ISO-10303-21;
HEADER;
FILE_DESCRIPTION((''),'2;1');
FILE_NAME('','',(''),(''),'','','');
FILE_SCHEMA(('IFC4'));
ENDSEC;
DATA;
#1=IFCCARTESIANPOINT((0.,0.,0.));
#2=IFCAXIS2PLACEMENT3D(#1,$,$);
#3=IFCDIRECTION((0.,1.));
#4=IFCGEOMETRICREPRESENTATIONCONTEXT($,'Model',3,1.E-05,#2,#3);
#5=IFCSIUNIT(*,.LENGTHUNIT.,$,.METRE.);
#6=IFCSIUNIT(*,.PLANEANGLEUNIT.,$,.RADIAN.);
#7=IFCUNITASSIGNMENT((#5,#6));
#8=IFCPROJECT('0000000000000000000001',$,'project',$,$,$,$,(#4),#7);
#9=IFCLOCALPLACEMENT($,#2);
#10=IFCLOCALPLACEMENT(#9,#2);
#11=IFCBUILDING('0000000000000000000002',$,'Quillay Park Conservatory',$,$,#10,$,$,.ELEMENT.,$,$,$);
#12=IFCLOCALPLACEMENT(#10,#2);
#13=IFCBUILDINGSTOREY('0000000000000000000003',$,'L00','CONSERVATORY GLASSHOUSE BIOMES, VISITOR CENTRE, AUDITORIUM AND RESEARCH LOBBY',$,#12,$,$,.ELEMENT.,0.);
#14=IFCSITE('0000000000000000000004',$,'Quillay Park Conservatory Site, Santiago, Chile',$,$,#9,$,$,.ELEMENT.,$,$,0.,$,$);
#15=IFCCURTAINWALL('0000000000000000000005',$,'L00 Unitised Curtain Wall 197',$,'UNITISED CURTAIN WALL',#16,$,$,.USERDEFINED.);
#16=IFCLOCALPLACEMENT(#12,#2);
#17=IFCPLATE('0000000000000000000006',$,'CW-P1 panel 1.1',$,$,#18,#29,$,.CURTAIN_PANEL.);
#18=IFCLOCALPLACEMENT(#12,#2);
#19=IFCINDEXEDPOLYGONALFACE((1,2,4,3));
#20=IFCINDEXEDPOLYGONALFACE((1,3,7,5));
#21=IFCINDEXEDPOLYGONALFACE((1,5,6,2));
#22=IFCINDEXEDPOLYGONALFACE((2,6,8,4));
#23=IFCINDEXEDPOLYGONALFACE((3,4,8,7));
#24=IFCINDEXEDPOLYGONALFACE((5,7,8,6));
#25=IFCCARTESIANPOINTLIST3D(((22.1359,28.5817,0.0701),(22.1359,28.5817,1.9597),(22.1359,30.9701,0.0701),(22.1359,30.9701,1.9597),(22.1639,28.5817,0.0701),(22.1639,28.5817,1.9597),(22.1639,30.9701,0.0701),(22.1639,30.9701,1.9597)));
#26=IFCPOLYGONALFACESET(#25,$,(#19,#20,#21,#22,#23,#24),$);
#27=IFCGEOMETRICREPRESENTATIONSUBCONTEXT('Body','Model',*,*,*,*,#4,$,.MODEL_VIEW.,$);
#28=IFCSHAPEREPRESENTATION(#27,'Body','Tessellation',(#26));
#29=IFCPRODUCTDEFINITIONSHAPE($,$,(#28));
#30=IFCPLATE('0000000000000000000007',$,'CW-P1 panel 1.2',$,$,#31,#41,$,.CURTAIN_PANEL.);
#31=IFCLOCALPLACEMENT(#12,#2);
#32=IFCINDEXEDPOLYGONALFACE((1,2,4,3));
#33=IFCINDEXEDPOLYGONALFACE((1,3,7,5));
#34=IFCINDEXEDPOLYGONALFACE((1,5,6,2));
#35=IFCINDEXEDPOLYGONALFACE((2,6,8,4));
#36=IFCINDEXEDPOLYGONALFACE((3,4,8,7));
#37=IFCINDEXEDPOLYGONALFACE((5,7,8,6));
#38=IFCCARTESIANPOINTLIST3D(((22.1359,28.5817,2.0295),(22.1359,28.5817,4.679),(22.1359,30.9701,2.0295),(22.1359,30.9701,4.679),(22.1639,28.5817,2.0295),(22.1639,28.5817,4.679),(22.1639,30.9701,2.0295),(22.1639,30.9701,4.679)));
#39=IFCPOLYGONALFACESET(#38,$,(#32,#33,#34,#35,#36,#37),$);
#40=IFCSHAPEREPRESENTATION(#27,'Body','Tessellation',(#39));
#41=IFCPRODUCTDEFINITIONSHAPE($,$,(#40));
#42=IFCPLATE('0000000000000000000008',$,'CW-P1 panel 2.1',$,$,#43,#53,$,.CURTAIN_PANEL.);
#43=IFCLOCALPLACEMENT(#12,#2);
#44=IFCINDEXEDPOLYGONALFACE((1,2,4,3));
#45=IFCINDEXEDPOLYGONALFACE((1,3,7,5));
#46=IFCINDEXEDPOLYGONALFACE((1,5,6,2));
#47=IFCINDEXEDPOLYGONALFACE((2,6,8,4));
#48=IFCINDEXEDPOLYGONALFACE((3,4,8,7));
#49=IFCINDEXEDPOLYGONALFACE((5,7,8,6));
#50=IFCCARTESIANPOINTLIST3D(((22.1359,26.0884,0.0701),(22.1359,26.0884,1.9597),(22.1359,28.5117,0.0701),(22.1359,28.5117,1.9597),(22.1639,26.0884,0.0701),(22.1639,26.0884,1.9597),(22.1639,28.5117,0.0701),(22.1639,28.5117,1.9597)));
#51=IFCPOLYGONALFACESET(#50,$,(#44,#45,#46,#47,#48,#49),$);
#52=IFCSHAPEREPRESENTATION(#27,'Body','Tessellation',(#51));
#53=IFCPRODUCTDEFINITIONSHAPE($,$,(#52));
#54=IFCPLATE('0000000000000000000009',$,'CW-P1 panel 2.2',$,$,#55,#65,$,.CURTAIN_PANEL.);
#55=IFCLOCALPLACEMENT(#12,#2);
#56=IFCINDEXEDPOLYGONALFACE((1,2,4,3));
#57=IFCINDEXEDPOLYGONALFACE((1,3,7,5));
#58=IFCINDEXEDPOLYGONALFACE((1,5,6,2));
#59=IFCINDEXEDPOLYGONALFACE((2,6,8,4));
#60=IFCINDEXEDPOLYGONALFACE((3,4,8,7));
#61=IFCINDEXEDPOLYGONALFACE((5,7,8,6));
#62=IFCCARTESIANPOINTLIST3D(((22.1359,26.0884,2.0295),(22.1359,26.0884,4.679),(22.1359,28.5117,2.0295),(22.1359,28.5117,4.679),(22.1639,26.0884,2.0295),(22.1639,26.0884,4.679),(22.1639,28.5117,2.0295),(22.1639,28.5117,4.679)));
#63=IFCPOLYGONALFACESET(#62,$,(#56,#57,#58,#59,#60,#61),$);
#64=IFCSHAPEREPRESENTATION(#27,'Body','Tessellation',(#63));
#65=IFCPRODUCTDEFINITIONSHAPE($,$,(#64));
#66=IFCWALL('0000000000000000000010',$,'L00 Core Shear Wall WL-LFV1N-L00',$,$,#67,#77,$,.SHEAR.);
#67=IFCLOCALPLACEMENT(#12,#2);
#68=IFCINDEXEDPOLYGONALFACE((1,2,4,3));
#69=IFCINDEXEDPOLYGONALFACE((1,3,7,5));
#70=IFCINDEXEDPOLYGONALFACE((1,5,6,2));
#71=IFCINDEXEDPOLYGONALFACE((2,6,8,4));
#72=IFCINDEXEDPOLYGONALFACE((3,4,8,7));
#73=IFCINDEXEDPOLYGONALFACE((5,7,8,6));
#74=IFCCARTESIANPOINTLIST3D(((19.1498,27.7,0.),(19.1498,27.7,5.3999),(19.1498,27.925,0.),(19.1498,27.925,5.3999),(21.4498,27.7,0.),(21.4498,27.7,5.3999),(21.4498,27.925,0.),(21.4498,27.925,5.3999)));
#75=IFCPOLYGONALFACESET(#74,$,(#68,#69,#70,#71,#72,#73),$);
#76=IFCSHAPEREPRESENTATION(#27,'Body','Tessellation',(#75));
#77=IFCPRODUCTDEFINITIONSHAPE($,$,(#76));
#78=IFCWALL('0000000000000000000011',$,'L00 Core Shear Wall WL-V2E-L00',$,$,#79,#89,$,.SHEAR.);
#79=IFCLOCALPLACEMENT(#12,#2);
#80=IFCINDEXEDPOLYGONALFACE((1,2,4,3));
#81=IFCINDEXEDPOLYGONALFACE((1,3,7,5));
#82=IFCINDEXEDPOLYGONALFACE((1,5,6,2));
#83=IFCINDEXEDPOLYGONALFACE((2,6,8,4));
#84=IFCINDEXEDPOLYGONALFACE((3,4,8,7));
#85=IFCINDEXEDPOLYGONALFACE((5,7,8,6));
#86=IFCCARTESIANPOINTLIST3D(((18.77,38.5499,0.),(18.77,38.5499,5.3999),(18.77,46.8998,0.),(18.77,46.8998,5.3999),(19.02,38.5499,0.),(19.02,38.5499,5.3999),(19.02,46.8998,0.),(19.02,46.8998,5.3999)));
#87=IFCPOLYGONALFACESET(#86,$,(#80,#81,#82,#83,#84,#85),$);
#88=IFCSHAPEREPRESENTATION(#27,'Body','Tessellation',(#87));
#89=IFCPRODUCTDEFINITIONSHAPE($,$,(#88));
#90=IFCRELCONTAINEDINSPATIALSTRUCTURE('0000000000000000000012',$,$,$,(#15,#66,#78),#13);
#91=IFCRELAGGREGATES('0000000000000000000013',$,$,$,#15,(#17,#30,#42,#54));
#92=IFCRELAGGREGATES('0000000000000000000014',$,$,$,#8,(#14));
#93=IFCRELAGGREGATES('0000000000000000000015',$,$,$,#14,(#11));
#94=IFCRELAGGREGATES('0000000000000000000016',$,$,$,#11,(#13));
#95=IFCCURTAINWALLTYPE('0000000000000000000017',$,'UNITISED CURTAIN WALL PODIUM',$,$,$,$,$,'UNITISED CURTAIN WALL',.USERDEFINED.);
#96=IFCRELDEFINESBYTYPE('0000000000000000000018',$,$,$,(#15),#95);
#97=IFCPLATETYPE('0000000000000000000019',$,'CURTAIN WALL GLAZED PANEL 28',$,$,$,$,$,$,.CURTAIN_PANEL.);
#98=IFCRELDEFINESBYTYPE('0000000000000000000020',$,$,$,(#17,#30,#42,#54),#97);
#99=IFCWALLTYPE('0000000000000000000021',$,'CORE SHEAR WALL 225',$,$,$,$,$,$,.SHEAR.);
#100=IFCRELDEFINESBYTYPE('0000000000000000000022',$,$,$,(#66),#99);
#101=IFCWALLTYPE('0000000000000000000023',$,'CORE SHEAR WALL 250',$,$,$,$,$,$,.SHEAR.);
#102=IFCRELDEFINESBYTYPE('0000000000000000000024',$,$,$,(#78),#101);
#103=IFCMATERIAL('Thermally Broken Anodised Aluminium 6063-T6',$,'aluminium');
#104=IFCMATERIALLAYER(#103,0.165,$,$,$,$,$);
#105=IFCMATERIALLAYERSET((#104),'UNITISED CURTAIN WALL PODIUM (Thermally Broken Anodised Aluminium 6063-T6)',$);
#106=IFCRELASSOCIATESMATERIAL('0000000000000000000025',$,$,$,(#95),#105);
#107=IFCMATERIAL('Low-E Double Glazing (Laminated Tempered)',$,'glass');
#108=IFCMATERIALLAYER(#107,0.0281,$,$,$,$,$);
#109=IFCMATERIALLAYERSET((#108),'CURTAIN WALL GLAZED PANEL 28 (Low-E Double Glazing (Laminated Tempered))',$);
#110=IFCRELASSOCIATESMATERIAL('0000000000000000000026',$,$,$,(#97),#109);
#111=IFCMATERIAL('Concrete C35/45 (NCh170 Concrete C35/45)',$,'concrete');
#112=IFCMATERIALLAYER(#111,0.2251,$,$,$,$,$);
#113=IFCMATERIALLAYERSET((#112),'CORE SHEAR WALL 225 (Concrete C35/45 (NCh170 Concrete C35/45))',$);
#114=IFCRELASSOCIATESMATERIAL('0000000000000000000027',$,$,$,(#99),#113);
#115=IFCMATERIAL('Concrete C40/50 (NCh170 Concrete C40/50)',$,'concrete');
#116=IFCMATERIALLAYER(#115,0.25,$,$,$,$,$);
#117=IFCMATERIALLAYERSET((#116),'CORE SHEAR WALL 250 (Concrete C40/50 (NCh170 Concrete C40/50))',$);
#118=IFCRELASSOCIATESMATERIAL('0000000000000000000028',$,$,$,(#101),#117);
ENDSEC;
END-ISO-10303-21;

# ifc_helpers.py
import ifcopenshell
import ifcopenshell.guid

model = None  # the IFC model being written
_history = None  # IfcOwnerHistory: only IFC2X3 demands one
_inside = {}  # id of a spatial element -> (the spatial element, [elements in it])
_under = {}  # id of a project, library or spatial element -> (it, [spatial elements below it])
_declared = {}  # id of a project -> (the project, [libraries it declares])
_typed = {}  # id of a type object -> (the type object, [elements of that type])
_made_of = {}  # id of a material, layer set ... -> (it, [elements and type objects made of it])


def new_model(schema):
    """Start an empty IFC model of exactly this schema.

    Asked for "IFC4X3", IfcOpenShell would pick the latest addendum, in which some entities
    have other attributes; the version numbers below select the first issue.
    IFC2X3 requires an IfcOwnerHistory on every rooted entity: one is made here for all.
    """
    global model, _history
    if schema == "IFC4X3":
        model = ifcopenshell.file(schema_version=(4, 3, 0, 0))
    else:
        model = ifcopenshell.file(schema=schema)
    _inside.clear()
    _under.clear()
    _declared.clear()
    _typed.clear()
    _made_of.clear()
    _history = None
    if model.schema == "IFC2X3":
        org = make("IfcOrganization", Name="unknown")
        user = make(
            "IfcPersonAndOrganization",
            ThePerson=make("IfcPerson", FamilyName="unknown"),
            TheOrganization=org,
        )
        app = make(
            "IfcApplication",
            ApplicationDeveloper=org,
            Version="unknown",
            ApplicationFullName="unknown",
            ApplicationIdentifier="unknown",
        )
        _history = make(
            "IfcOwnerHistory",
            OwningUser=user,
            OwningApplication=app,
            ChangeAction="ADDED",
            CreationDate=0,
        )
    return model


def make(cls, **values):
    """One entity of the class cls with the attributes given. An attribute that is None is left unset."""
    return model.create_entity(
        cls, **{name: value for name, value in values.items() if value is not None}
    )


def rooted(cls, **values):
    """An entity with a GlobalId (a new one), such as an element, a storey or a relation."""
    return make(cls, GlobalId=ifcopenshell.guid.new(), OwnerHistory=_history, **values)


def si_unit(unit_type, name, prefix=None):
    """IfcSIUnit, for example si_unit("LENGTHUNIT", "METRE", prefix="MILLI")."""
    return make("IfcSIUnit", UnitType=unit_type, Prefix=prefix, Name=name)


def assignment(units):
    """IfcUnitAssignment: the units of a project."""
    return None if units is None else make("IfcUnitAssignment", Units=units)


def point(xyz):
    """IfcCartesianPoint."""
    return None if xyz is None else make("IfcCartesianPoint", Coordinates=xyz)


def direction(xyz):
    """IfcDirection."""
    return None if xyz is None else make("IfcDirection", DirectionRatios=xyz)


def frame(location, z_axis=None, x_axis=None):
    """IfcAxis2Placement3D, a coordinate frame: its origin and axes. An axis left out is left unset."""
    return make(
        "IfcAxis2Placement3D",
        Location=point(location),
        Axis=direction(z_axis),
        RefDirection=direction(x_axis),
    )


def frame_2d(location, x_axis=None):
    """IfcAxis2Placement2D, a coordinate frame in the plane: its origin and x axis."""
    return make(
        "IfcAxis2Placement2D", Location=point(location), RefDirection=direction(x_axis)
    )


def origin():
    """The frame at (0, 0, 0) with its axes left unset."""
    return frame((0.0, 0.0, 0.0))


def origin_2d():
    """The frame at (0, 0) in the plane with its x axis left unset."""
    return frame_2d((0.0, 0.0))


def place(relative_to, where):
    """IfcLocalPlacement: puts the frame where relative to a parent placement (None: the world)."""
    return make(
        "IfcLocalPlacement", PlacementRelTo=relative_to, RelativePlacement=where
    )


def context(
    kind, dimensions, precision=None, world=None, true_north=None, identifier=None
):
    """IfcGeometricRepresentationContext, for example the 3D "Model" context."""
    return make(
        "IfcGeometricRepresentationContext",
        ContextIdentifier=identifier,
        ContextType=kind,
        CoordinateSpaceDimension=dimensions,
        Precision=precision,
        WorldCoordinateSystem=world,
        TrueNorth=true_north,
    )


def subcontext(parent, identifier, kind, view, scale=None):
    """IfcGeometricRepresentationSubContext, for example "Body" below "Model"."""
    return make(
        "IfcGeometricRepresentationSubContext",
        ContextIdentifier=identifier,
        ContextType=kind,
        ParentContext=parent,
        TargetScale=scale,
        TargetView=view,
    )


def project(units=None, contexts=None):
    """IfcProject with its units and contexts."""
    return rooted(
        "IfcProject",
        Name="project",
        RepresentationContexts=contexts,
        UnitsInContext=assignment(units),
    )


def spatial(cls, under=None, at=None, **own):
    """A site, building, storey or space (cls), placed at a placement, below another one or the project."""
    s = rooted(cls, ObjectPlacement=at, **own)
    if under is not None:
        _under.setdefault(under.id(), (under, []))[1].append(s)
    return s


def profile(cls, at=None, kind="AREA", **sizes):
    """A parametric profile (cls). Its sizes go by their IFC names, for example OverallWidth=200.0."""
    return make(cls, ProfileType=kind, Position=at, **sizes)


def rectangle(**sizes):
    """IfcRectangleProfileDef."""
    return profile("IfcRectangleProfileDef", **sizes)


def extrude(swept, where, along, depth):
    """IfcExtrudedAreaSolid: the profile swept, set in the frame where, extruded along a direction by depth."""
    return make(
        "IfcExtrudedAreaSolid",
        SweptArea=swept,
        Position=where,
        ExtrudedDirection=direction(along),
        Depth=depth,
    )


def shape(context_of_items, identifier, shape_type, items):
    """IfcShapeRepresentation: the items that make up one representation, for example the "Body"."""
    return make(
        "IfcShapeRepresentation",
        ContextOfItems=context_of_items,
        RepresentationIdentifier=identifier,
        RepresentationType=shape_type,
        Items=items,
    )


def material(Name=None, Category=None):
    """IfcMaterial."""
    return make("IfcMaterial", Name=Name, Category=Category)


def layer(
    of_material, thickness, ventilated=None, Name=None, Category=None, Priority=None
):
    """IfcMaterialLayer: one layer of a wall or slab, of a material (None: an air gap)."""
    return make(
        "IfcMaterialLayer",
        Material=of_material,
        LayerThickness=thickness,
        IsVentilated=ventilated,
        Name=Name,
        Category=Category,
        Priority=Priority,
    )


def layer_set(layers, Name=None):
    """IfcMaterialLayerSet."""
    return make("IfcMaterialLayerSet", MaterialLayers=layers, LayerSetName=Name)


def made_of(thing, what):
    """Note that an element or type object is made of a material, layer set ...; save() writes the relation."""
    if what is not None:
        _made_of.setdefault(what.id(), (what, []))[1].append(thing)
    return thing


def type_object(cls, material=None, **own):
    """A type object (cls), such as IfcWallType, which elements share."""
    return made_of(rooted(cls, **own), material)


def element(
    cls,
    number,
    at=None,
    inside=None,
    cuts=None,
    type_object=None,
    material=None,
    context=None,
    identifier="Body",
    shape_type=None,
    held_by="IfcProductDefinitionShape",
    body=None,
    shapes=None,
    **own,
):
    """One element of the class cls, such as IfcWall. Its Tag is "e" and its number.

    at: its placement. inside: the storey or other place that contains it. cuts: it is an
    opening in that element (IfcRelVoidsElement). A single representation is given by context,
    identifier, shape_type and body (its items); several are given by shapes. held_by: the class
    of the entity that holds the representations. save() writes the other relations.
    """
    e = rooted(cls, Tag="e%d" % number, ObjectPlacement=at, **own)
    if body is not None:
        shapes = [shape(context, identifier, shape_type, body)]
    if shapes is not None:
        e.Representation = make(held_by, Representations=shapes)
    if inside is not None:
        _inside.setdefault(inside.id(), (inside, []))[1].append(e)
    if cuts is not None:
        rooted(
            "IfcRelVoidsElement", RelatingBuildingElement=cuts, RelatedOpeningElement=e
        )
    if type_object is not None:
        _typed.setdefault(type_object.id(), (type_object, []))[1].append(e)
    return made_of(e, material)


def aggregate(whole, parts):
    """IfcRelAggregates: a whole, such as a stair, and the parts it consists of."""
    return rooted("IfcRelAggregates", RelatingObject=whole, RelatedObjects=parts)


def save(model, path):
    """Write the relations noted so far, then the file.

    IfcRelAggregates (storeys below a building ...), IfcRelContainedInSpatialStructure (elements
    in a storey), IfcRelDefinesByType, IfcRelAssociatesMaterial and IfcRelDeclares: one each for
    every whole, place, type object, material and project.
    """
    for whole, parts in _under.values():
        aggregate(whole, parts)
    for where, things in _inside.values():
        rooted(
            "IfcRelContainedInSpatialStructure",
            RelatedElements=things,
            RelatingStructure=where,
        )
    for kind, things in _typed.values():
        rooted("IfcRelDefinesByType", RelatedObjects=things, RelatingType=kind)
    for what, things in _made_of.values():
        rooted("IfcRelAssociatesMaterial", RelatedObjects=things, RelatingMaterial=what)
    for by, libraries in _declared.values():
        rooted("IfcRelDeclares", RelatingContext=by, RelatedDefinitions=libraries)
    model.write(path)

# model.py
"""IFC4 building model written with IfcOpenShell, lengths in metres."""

from ifc_helpers import new_model, si_unit, direction, frame, frame_2d, origin, origin_2d, place, context, subcontext, project, spatial, rectangle, extrude, material, layer, layer_set, type_object, element, aggregate, save


model = new_model("IFC4")

# Units and contexts
model_context = context("Model", 3, precision=1e-05, world=origin(), true_north=direction((0.0, 1.0)))
body_context = subcontext(model_context, "Body", "Model", "MODEL_VIEW")
ifc_project = project(units=[si_unit("LENGTHUNIT", "METRE"), si_unit("PLANEANGLEUNIT", "RADIAN")], contexts=[model_context])

# Site, building, storey
site_placement = place(None, origin())
site = spatial("IfcSite", under=ifc_project, at=site_placement, Name="Quillay Park Conservatory Site, Santiago, Chile", CompositionType="ELEMENT", RefElevation=0.0)
building_placement = place(site_placement, origin())
building = spatial("IfcBuilding", under=site, at=building_placement, Name="Quillay Park Conservatory", CompositionType="ELEMENT")
storey_placement = place(building_placement, origin())
storey = spatial("IfcBuildingStorey", under=building, at=storey_placement, Name="L00", Description="CONSERVATORY GLASSHOUSE BIOMES, VISITOR CENTRE, AUDITORIUM AND RESEARCH LOBBY", CompositionType="ELEMENT", Elevation=0.0)

# Curtain wall
ifc_material_1 = material(Name="Thermally Broken Anodised Aluminium 6063-T6", Category="aluminium")
ifc_layer_1 = layer(ifc_material_1, 0.165)
ifc_layer_set_1 = layer_set([ifc_layer_1], Name="UNITISED CURTAIN WALL PODIUM (Thermally Broken Anodised Aluminium 6063-T6)")
curtain_wall_type = type_object("IfcCurtainWallType", Name="UNITISED CURTAIN WALL PODIUM", ElementType="UNITISED CURTAIN WALL", PredefinedType="USERDEFINED", material=ifc_layer_set_1)
curtain_wall_placement = place(storey_placement, origin())
curtain_wall = element("IfcCurtainWall", 1, at=curtain_wall_placement, inside=storey, type_object=curtain_wall_type, Name="L00 Unitised Curtain Wall 197", ObjectType="UNITISED CURTAIN WALL", PredefinedType="USERDEFINED")

# Plates
ifc_material_2 = material(Name="Low-E Double Glazing (Laminated Tempered)", Category="glass")
ifc_layer_2 = layer(ifc_material_2, 0.0281)
ifc_layer_set_2 = layer_set([ifc_layer_2], Name="CURTAIN WALL GLAZED PANEL 28 (Low-E Double Glazing (Laminated Tempered))")
plate_type = type_object("IfcPlateType", Name="CURTAIN WALL GLAZED PANEL 28", PredefinedType="CURTAIN_PANEL", material=ifc_layer_set_2)
plate_1_placement = place(storey_placement, frame((22.1499, 29.7759, 0.0701), z_axis=(0.0, 0.0, 1.0), x_axis=(0.0, -1.0, 0.0)))
plate_1 = element("IfcPlate", 2, at=plate_1_placement, type_object=plate_type, Name="CW-P1 panel 1.1", PredefinedType="CURTAIN_PANEL", context=body_context, shape_type="SweptSolid", body=[
    extrude(rectangle(XDim=2.3884, YDim=0.0281, at=origin_2d()), origin(), (0.0, 0.0, 1.0), 1.8896),
])
plate_2_placement = place(storey_placement, frame((22.1499, 29.7759, 2.0295), z_axis=(0.0, 0.0, 1.0), x_axis=(0.0, -1.0, 0.0)))
plate_2 = element("IfcPlate", 3, at=plate_2_placement, type_object=plate_type, Name="CW-P1 panel 1.2", PredefinedType="CURTAIN_PANEL", context=body_context, shape_type="SweptSolid", body=[
    extrude(rectangle(XDim=2.3884, YDim=0.0281, at=origin_2d()), origin(), (0.0, 0.0, 1.0), 2.6494),
])
plate_3_placement = place(storey_placement, frame((22.1499, 27.3, 0.0701), z_axis=(0.0, 0.0, 1.0), x_axis=(0.0, -1.0, 0.0)))
plate_3 = element("IfcPlate", 4, at=plate_3_placement, type_object=plate_type, Name="CW-P1 panel 2.1", PredefinedType="CURTAIN_PANEL", context=body_context, shape_type="SweptSolid", body=[
    extrude(rectangle(XDim=2.4233, YDim=0.0281, at=origin_2d()), origin(), (0.0, 0.0, 1.0), 1.8896),
])
plate_4_placement = place(storey_placement, frame((22.1499, 27.3, 2.0295), z_axis=(0.0, 0.0, 1.0), x_axis=(0.0, -1.0, 0.0)))
plate_4 = element("IfcPlate", 5, at=plate_4_placement, type_object=plate_type, Name="CW-P1 panel 2.2", PredefinedType="CURTAIN_PANEL", context=body_context, shape_type="SweptSolid", body=[
    extrude(rectangle(XDim=2.4233, YDim=0.0281, at=origin_2d()), origin(), (0.0, 0.0, 1.0), 2.6494),
])
aggregate(curtain_wall, [plate_1, plate_2, plate_3, plate_4])

# Walls
ifc_material_3 = material(Name="Concrete C35/45 (NCh170 Concrete C35/45)", Category="concrete")
ifc_layer_3 = layer(ifc_material_3, 0.2251)
ifc_layer_set_3 = layer_set([ifc_layer_3], Name="CORE SHEAR WALL 225 (Concrete C35/45 (NCh170 Concrete C35/45))")
wall_type_1 = type_object("IfcWallType", Name="CORE SHEAR WALL 225", PredefinedType="SHEAR", material=ifc_layer_set_3)
wall_1_placement = place(storey_placement, frame((19.1499, 27.8125, 0.0), z_axis=(0.0, 0.0, 1.0), x_axis=(1.0, 0.0, 0.0)))
element("IfcWall", 6, at=wall_1_placement, inside=storey, type_object=wall_type_1, Name="L00 Core Shear Wall WL-LFV1N-L00", PredefinedType="SHEAR", context=body_context, shape_type="SweptSolid", body=[
    extrude(rectangle(XDim=2.3, YDim=0.2251, at=frame_2d((1.1499, 0.0))), origin(), (0.0, 0.0, 1.0), 5.3999),
])
ifc_material_4 = material(Name="Concrete C40/50 (NCh170 Concrete C40/50)", Category="concrete")
ifc_layer_4 = layer(ifc_material_4, 0.25)
ifc_layer_set_4 = layer_set([ifc_layer_4], Name="CORE SHEAR WALL 250 (Concrete C40/50 (NCh170 Concrete C40/50))")
wall_type_2 = type_object("IfcWallType", Name="CORE SHEAR WALL 250", PredefinedType="SHEAR", material=ifc_layer_set_4)
wall_2_placement = place(storey_placement, frame((18.895, 38.55, 0.0), z_axis=(0.0, 0.0, 1.0), x_axis=(0.0, 1.0, 0.0)))
element("IfcWall", 7, at=wall_2_placement, inside=storey, type_object=wall_type_2, Name="L00 Core Shear Wall WL-V2E-L00", PredefinedType="SHEAR", context=body_context, shape_type="SweptSolid", body=[
    extrude(rectangle(XDim=8.3499, YDim=0.25, at=frame_2d((4.1748, 0.0))), origin(), (0.0, 0.0, 1.0), 5.3999),
])

save(model, "model.ifc")
